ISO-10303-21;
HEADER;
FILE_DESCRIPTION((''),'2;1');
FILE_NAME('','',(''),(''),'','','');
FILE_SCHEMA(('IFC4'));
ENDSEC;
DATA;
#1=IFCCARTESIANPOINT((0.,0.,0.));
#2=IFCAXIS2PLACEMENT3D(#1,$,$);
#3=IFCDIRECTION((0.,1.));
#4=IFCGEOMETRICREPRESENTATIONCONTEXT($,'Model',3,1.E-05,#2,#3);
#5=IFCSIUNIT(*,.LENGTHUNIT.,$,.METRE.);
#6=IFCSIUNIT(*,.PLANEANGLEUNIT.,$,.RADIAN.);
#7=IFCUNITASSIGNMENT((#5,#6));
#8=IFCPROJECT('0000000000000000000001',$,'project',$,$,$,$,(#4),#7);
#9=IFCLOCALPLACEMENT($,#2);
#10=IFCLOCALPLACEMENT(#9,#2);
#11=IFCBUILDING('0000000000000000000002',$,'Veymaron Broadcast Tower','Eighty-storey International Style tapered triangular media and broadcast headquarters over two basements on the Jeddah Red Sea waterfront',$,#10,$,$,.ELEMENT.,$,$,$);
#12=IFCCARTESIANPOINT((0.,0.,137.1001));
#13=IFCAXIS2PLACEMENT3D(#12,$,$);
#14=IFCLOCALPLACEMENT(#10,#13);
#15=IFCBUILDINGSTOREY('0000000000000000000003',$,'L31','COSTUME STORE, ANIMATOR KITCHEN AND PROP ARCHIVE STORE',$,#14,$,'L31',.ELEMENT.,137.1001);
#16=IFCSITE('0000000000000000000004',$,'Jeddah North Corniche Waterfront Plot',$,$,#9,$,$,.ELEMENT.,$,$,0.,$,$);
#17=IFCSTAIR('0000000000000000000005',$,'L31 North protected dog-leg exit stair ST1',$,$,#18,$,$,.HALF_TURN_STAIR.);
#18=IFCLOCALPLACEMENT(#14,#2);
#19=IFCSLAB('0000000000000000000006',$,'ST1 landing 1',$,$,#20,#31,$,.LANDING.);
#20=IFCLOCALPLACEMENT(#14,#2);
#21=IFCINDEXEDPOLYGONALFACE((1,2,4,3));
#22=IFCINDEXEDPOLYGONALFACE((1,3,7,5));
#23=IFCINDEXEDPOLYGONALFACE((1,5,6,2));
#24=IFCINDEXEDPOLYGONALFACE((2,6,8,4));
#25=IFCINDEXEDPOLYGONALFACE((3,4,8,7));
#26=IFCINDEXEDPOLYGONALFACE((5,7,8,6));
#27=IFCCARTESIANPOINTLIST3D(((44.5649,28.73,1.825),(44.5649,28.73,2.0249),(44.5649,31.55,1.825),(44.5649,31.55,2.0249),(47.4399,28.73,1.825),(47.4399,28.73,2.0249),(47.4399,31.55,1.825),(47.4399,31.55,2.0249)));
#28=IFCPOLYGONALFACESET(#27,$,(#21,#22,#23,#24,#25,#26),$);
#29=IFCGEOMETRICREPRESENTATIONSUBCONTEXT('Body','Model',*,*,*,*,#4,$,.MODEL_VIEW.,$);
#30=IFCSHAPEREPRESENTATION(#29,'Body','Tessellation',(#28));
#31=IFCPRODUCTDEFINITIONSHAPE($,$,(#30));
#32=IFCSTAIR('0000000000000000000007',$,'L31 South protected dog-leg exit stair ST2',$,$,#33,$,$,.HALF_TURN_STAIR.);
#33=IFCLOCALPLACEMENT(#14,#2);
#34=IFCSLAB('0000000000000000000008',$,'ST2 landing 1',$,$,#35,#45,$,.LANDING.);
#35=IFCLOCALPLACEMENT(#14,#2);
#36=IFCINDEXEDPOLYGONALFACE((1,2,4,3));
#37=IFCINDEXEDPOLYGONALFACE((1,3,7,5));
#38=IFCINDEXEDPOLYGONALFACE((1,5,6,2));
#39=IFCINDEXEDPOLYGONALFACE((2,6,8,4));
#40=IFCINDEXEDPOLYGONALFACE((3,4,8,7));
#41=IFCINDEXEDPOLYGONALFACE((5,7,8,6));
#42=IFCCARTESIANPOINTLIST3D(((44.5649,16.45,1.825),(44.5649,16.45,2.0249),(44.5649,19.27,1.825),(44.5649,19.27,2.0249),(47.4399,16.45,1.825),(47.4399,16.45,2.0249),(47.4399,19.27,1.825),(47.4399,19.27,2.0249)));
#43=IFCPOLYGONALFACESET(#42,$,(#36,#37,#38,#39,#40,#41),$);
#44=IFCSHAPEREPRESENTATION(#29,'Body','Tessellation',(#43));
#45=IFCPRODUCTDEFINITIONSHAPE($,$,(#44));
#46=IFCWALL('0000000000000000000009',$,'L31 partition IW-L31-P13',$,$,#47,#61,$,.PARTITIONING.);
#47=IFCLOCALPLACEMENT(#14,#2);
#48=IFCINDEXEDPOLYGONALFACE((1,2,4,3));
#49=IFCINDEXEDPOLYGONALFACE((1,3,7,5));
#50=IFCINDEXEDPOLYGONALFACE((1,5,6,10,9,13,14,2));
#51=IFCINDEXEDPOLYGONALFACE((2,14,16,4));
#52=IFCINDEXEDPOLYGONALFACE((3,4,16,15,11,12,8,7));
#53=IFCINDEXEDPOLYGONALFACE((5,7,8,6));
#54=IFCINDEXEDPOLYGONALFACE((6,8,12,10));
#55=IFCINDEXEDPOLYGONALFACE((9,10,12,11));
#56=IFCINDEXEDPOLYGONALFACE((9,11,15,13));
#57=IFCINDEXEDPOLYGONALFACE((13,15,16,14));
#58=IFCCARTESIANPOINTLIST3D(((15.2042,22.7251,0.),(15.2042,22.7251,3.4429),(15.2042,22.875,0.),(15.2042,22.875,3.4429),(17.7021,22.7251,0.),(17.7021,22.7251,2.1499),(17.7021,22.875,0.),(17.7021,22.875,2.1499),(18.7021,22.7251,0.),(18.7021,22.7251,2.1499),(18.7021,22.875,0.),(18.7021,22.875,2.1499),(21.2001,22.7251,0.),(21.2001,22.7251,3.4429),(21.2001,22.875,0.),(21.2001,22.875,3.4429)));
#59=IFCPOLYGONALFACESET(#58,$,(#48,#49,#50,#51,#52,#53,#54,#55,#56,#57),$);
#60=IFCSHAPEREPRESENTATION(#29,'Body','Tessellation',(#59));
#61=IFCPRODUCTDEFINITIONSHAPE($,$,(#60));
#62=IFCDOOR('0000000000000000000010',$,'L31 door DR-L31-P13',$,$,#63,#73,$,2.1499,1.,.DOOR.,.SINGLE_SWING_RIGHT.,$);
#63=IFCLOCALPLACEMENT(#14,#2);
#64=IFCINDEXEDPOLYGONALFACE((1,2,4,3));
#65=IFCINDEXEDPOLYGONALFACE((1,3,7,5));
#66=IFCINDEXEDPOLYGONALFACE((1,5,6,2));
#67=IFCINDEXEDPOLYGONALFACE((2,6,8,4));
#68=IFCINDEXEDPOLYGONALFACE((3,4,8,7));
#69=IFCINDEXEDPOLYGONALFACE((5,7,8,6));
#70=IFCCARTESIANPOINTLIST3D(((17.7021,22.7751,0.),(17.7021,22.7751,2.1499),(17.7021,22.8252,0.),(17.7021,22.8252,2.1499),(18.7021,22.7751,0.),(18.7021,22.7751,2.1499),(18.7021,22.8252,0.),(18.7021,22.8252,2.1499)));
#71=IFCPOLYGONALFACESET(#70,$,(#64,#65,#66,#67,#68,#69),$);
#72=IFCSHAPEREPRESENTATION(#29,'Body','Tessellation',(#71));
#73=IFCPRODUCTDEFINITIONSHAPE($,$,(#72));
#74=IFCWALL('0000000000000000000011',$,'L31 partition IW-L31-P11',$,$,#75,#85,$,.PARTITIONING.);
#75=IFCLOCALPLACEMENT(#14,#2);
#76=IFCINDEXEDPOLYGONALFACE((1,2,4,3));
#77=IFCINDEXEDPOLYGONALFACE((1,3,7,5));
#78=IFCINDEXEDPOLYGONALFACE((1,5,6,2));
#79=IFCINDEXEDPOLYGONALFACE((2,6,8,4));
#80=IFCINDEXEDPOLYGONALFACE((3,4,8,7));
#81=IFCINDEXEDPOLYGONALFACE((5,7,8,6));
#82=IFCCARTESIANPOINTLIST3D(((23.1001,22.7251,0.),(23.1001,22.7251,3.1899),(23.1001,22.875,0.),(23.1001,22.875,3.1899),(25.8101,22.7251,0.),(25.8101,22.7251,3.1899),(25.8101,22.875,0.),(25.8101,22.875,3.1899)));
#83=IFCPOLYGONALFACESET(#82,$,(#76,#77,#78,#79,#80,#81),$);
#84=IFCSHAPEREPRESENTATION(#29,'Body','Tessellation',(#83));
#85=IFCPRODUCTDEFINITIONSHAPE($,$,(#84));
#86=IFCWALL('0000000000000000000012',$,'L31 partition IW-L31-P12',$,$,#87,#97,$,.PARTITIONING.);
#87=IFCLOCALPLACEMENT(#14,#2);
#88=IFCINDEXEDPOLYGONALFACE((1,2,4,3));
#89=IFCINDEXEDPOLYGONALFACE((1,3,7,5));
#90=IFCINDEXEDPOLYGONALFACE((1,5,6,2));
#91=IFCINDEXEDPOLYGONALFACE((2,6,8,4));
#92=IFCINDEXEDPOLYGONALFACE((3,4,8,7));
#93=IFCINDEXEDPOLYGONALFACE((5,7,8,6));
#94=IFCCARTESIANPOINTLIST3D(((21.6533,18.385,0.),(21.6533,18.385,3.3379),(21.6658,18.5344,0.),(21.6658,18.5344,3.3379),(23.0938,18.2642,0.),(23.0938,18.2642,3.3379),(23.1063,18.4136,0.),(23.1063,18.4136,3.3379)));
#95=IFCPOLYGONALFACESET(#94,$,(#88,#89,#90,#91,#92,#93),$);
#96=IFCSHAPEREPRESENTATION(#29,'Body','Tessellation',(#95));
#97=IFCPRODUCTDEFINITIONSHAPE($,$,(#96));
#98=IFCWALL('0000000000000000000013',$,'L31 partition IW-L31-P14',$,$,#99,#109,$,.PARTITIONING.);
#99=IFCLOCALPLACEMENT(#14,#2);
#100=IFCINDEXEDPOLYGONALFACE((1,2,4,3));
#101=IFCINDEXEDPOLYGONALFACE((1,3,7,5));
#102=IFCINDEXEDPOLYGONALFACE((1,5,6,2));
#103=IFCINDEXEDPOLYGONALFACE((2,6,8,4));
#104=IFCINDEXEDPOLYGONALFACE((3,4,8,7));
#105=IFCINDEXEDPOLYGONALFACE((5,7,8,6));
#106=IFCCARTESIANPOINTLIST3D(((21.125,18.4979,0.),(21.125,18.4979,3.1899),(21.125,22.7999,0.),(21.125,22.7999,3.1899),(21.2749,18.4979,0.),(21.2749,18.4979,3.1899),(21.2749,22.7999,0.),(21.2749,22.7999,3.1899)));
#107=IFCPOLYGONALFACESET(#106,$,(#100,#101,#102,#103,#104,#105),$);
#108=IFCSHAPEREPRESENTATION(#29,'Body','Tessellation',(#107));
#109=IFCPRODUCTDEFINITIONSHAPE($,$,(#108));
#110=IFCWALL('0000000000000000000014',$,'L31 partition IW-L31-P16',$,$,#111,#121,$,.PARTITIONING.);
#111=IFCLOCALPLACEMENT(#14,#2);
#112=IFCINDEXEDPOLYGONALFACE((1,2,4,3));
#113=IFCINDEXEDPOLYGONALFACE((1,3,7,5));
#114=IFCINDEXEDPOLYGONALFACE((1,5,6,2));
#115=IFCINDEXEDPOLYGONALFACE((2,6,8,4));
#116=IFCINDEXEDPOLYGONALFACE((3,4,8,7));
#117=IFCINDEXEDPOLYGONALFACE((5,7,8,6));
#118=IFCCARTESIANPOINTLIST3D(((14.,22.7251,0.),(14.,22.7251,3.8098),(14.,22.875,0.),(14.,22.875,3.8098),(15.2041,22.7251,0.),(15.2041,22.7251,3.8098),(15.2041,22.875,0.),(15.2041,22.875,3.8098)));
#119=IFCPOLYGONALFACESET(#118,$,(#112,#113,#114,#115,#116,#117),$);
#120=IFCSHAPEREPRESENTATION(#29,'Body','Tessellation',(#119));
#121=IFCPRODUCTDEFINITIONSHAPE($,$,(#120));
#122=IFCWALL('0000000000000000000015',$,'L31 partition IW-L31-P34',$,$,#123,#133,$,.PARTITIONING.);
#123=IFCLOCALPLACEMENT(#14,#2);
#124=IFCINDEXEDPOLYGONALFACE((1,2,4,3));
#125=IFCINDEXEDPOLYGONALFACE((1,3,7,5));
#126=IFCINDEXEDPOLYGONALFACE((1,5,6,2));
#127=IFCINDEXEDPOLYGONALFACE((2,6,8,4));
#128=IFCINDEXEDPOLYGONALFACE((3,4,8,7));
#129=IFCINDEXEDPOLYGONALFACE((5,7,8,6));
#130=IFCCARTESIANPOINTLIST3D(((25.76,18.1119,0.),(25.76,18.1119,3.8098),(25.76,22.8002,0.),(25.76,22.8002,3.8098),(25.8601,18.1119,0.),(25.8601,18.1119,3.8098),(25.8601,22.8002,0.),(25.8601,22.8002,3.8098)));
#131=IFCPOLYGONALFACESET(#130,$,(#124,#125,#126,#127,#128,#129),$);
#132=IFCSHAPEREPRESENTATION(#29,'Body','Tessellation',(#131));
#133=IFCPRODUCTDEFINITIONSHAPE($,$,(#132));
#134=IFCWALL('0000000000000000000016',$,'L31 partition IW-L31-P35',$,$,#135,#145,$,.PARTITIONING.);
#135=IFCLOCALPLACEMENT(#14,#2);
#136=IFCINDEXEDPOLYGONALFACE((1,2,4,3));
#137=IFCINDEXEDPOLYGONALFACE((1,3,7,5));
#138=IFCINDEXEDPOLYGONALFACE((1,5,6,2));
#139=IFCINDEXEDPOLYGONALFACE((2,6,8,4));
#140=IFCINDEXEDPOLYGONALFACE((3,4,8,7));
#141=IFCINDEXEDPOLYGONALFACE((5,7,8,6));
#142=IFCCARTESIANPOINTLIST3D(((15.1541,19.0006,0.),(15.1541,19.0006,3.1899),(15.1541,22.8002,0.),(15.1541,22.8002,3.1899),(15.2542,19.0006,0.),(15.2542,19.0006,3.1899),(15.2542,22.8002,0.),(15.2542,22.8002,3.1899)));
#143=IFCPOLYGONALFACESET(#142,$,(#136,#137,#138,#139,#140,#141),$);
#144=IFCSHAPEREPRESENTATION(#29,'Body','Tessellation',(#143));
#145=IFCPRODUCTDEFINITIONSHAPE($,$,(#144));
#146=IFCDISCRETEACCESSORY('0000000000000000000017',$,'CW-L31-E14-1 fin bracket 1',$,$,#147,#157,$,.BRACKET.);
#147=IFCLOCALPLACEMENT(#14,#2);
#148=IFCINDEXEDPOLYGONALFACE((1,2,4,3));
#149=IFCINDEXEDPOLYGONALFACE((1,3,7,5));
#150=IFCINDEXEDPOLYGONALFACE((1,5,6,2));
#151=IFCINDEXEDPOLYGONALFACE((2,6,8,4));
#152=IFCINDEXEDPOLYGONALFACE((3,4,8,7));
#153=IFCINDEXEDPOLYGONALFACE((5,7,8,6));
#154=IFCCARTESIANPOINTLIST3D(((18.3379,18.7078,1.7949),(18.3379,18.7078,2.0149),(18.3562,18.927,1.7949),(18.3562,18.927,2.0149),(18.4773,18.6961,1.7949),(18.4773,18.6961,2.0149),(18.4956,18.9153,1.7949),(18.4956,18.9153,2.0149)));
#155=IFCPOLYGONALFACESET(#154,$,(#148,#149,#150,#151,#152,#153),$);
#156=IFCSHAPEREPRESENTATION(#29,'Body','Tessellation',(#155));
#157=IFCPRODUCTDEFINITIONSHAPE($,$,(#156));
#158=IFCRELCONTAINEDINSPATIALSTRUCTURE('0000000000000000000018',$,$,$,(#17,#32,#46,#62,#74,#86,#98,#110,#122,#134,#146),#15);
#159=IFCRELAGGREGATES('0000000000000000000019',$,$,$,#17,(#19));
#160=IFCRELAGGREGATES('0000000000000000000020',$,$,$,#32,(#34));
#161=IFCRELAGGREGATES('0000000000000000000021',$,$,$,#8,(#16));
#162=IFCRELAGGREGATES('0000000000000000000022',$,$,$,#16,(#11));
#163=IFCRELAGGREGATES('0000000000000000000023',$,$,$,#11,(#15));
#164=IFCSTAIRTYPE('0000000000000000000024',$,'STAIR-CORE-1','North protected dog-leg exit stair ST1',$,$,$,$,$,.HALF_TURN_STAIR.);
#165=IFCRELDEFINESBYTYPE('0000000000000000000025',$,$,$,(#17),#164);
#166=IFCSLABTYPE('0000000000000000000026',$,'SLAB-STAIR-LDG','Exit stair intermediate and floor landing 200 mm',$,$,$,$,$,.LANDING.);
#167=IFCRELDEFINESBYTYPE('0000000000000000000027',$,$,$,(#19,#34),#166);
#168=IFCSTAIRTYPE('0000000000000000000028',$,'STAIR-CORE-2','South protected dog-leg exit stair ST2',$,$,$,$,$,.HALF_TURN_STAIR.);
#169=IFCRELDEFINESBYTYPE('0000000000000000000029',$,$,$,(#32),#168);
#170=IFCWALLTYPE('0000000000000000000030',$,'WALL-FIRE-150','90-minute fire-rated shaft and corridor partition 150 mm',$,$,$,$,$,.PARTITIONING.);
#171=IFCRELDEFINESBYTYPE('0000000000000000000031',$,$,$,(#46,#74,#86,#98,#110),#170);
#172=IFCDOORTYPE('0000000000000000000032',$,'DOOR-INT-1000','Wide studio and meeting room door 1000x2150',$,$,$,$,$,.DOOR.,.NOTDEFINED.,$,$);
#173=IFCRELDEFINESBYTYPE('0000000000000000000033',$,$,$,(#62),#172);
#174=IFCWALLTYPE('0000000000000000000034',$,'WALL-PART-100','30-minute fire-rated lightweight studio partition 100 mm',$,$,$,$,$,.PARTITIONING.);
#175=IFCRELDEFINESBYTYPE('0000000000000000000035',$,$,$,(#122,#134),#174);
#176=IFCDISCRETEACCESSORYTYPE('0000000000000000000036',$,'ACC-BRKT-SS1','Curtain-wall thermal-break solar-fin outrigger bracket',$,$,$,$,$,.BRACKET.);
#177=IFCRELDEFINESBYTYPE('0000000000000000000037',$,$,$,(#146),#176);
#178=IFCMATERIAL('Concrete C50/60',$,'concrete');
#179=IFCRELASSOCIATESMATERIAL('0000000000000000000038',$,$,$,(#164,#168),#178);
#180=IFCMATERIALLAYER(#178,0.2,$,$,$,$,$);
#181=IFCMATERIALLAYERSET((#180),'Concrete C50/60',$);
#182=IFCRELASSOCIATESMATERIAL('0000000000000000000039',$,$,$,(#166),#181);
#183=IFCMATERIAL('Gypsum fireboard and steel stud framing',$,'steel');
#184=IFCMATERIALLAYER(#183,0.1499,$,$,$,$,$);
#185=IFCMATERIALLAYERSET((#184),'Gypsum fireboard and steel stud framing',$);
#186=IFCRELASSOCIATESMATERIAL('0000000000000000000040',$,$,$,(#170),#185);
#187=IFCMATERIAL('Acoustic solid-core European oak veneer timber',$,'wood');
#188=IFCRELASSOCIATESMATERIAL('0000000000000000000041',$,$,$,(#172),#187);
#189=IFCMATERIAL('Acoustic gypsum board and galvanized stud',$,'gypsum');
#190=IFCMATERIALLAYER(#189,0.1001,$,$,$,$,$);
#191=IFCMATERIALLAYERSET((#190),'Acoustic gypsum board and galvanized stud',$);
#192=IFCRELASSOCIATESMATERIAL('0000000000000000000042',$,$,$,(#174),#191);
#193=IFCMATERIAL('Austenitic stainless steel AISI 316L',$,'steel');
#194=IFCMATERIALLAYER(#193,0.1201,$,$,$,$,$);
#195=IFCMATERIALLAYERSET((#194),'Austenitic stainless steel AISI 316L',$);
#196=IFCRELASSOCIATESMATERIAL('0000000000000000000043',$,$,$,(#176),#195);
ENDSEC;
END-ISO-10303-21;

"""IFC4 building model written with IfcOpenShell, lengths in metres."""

from ifc_helpers import new_model, si_unit, direction, frame, frame_2d, origin, origin_2d, place, context, subcontext, project, spatial, polyline, rectangle, outline, extrude, material, layer, layer_set, type_object, element, fill, aggregate, save


model = new_model("IFC4")

# Units and contexts
model_context = context("Model", 3, precision=1e-05, world=origin(), true_north=direction((0.0, 1.0)))
body_context = subcontext(model_context, "Body", "Model", "MODEL_VIEW")
ifc_project = project(units=[si_unit("LENGTHUNIT", "METRE"), si_unit("PLANEANGLEUNIT", "RADIAN")], contexts=[model_context])

# Site, building, storey
site_placement = place(None, origin())
site = spatial("IfcSite", under=ifc_project, at=site_placement, Name="Jeddah North Corniche Waterfront Plot", CompositionType="ELEMENT", RefElevation=0.0)
building_placement = place(site_placement, origin())
building = spatial("IfcBuilding", under=site, at=building_placement, Name="Veymaron Broadcast Tower", Description="Eighty-storey International Style tapered triangular media and broadcast headquarters over two basements on the Jeddah Red Sea waterfront", CompositionType="ELEMENT")
storey_placement = place(building_placement, frame((0.0, 0.0, 137.1001)))
storey = spatial("IfcBuildingStorey", under=building, at=storey_placement, Name="L31", Description="COSTUME STORE, ANIMATOR KITCHEN AND PROP ARCHIVE STORE", LongName="L31", CompositionType="ELEMENT", Elevation=137.1001)

# Stairs, slabs
ifc_material_1 = material(Name="Concrete C50/60", Category="concrete")
stair_type_1 = type_object("IfcStairType", Name="STAIR-CORE-1", Description="North protected dog-leg exit stair ST1", PredefinedType="HALF_TURN_STAIR", material=ifc_material_1)
stair_1_placement = place(storey_placement, origin())
stair_1 = element("IfcStair", 1, at=stair_1_placement, inside=storey, type_object=stair_type_1, Name="L31 North protected dog-leg exit stair ST1", PredefinedType="HALF_TURN_STAIR")
ifc_layer_1 = layer(ifc_material_1, 0.2)
ifc_layer_set_1 = layer_set([ifc_layer_1], Name="Concrete C50/60")
slab_type_1 = type_object("IfcSlabType", Name="SLAB-STAIR-LDG", Description="Exit stair intermediate and floor landing 200 mm", PredefinedType="LANDING", material=ifc_layer_set_1)
slab_1_placement = place(storey_placement, frame((0.0, 0.0, 1.825)))
slab_1 = element("IfcSlab", 2, at=slab_1_placement, type_object=slab_type_1, Name="ST1 landing 1", PredefinedType="LANDING", context=body_context, shape_type="SweptSolid", body=[
    extrude(outline(polyline([(44.5649, 28.73), (47.4399, 28.73), (47.4399, 31.55), (44.5649, 31.55), (44.5649, 28.73)])), origin(), (0.0, 0.0, 1.0), 0.2),
])
aggregate(stair_1, [slab_1])
stair_type_2 = type_object("IfcStairType", Name="STAIR-CORE-2", Description="South protected dog-leg exit stair ST2", PredefinedType="HALF_TURN_STAIR", material=ifc_material_1)
stair_2_placement = place(storey_placement, origin())
stair_2 = element("IfcStair", 3, at=stair_2_placement, inside=storey, type_object=stair_type_2, Name="L31 South protected dog-leg exit stair ST2", PredefinedType="HALF_TURN_STAIR")
slab_2_placement = place(storey_placement, frame((0.0, 0.0, 1.825)))
slab_2 = element("IfcSlab", 4, at=slab_2_placement, type_object=slab_type_1, Name="ST2 landing 1", PredefinedType="LANDING", context=body_context, shape_type="SweptSolid", body=[
    extrude(outline(polyline([(44.5649, 16.45), (47.4399, 16.45), (47.4399, 19.27), (44.5649, 19.27), (44.5649, 16.45)])), origin(), (0.0, 0.0, 1.0), 0.2),
])
aggregate(stair_2, [slab_2])

# Wall, opening, door
ifc_material_2 = material(Name="Gypsum fireboard and steel stud framing", Category="steel")
ifc_layer_2 = layer(ifc_material_2, 0.1499)
ifc_layer_set_2 = layer_set([ifc_layer_2], Name="Gypsum fireboard and steel stud framing")
wall_type_1 = type_object("IfcWallType", Name="WALL-FIRE-150", Description="90-minute fire-rated shaft and corridor partition 150 mm", PredefinedType="PARTITIONING", material=ifc_layer_set_2)
ifc_material_3 = material(Name="Acoustic solid-core European oak veneer timber", Category="wood")
door_type_1 = type_object("IfcDoorType", Name="DOOR-INT-1000", Description="Wide studio and meeting room door 1000x2150", OperationType="NOTDEFINED", PredefinedType="DOOR", material=ifc_material_3)
wall_1_placement = place(storey_placement, frame((15.2041, 22.8, 0.0), z_axis=(0.0, 0.0, 1.0), x_axis=(1.0, 0.0, 0.0)))
wall_1 = element("IfcWall", 5, at=wall_1_placement, inside=storey, type_object=wall_type_1, Name="L31 partition IW-L31-P13", PredefinedType="PARTITIONING", context=body_context, shape_type="SweptSolid", body=[
    extrude(rectangle(XDim=5.9958, YDim=0.1499, at=frame_2d((2.998, 0.0))), origin(), (0.0, 0.0, 1.0), 3.4429),
])
opening_1_placement = place(wall_1_placement, frame((2.498, 0.0, 0.0)))
opening_1 = element("IfcOpeningElement", 6, at=opening_1_placement, cuts=wall_1, PredefinedType="OPENING", context=body_context, shape_type="SweptSolid", body=[
    extrude(rectangle(XDim=1.0, YDim=2.1499, at=frame_2d((0.5, 1.075))), frame((0.0, 0.085, 0.0), z_axis=(0.0, -1.0, 0.0), x_axis=(1.0, 0.0, 0.0)), (0.0, 0.0, 1.0), 0.1699),
])
door_1_placement = place(opening_1_placement, frame((1.0, 0.0, 0.0), z_axis=(0.0, 0.0, 1.0), x_axis=(-1.0, 0.0, 0.0)))
door_1 = element("IfcDoor", 7, at=door_1_placement, inside=storey, type_object=door_type_1, Name="L31 door DR-L31-P13", OperationType="SINGLE_SWING_RIGHT", OverallHeight=2.1499, OverallWidth=1.0, PredefinedType="DOOR", context=body_context, shape_type="SweptSolid", body=[
    extrude(rectangle(XDim=1.0, YDim=2.1499, at=frame_2d((0.5, 1.075))), frame((0.0, 0.0249, 0.0), z_axis=(0.0, -1.0, 0.0), x_axis=(1.0, 0.0, 0.0)), (0.0, 0.0, 1.0), 0.05),
])
fill(opening_1, door_1)

# Walls
wall_2_placement = place(storey_placement, frame((23.1001, 22.8, 0.0), z_axis=(0.0, 0.0, 1.0), x_axis=(1.0, 0.0, 0.0)))
element("IfcWall", 8, at=wall_2_placement, inside=storey, type_object=wall_type_1, Name="L31 partition IW-L31-P11", PredefinedType="PARTITIONING", context=body_context, shape_type="SweptSolid", body=[
    extrude(rectangle(XDim=2.71, YDim=0.1499, at=frame_2d((1.355, 0.0))), origin(), (0.0, 0.0, 1.0), 3.1899),
])
wall_3_placement = place(storey_placement, frame((21.6597, 18.4597, 0.0), z_axis=(0.0, 0.0, 1.0), x_axis=(0.996499, -0.083605, 0.0)))
element("IfcWall", 9, at=wall_3_placement, inside=storey, type_object=wall_type_1, Name="L31 partition IW-L31-P12", PredefinedType="PARTITIONING", context=body_context, shape_type="SweptSolid", body=[
    extrude(rectangle(XDim=1.4456, YDim=0.1499, at=frame_2d((0.7227, 0.0))), origin(), (0.0, 0.0, 1.0), 3.3379),
])
wall_4_placement = place(storey_placement, frame((21.2, 18.498, 0.0), z_axis=(0.0, 0.0, 1.0), x_axis=(0.0, 1.0, 0.0)))
element("IfcWall", 10, at=wall_4_placement, inside=storey, type_object=wall_type_1, Name="L31 partition IW-L31-P14", PredefinedType="PARTITIONING", context=body_context, shape_type="SweptSolid", body=[
    extrude(rectangle(XDim=4.302, YDim=0.1499, at=frame_2d((2.1509, 0.0))), origin(), (0.0, 0.0, 1.0), 3.1899),
])
wall_5_placement = place(storey_placement, frame((14.0, 22.8, 0.0), z_axis=(0.0, 0.0, 1.0), x_axis=(1.0, 0.0, 0.0)))
element("IfcWall", 11, at=wall_5_placement, inside=storey, type_object=wall_type_1, Name="L31 partition IW-L31-P16", PredefinedType="PARTITIONING", context=body_context, shape_type="SweptSolid", body=[
    extrude(rectangle(XDim=1.2041, YDim=0.1499, at=frame_2d((0.6021, 0.0))), origin(), (0.0, 0.0, 1.0), 3.8098),
])
ifc_material_4 = material(Name="Acoustic gypsum board and galvanized stud", Category="gypsum")
ifc_layer_3 = layer(ifc_material_4, 0.1001)
ifc_layer_set_3 = layer_set([ifc_layer_3], Name="Acoustic gypsum board and galvanized stud")
wall_type_2 = type_object("IfcWallType", Name="WALL-PART-100", Description="30-minute fire-rated lightweight studio partition 100 mm", PredefinedType="PARTITIONING", material=ifc_layer_set_3)
wall_6_placement = place(storey_placement, frame((25.8101, 18.1118, 0.0), z_axis=(0.0, 0.0, 1.0), x_axis=(0.0, 1.0, 0.0)))
element("IfcWall", 12, at=wall_6_placement, inside=storey, type_object=wall_type_2, Name="L31 partition IW-L31-P34", PredefinedType="PARTITIONING", context=body_context, shape_type="SweptSolid", body=[
    extrude(rectangle(XDim=4.6882, YDim=0.1001, at=frame_2d((2.3442, 0.0))), origin(), (0.0, 0.0, 1.0), 3.8098),
])
wall_7_placement = place(storey_placement, frame((15.2041, 19.0005, 0.0), z_axis=(0.0, 0.0, 1.0), x_axis=(0.0, 1.0, 0.0)))
element("IfcWall", 13, at=wall_7_placement, inside=storey, type_object=wall_type_2, Name="L31 partition IW-L31-P35", PredefinedType="PARTITIONING", context=body_context, shape_type="SweptSolid", body=[
    extrude(rectangle(XDim=3.7996, YDim=0.1001, at=frame_2d((1.8999, 0.0))), origin(), (0.0, 0.0, 1.0), 3.1899),
])

# Discrete accessory
ifc_material_5 = material(Name="Austenitic stainless steel AISI 316L", Category="steel")
ifc_layer_4 = layer(ifc_material_5, 0.1201)
ifc_layer_set_4 = layer_set([ifc_layer_4], Name="Austenitic stainless steel AISI 316L")
discrete_accessory_type = type_object("IfcDiscreteAccessoryType", Name="ACC-BRKT-SS1", Description="Curtain-wall thermal-break solar-fin outrigger bracket", PredefinedType="BRACKET", material=ifc_layer_set_4)
discrete_accessory_placement = place(storey_placement, frame((18.4167, 18.8115, 1.7949), z_axis=(0.0, 0.0, 1.0), x_axis=(-0.083504, -0.996507, 0.0)))
element("IfcDiscreteAccessory", 14, at=discrete_accessory_placement, inside=storey, type_object=discrete_accessory_type, Name="CW-L31-E14-1 fin bracket 1", PredefinedType="BRACKET", context=body_context, shape_type="SweptSolid", body=[
    extrude(rectangle(XDim=0.22, YDim=0.1399, at=origin_2d()), origin(), (0.0, 0.0, 1.0), 0.22),
])

save(model, "model.ifc")
